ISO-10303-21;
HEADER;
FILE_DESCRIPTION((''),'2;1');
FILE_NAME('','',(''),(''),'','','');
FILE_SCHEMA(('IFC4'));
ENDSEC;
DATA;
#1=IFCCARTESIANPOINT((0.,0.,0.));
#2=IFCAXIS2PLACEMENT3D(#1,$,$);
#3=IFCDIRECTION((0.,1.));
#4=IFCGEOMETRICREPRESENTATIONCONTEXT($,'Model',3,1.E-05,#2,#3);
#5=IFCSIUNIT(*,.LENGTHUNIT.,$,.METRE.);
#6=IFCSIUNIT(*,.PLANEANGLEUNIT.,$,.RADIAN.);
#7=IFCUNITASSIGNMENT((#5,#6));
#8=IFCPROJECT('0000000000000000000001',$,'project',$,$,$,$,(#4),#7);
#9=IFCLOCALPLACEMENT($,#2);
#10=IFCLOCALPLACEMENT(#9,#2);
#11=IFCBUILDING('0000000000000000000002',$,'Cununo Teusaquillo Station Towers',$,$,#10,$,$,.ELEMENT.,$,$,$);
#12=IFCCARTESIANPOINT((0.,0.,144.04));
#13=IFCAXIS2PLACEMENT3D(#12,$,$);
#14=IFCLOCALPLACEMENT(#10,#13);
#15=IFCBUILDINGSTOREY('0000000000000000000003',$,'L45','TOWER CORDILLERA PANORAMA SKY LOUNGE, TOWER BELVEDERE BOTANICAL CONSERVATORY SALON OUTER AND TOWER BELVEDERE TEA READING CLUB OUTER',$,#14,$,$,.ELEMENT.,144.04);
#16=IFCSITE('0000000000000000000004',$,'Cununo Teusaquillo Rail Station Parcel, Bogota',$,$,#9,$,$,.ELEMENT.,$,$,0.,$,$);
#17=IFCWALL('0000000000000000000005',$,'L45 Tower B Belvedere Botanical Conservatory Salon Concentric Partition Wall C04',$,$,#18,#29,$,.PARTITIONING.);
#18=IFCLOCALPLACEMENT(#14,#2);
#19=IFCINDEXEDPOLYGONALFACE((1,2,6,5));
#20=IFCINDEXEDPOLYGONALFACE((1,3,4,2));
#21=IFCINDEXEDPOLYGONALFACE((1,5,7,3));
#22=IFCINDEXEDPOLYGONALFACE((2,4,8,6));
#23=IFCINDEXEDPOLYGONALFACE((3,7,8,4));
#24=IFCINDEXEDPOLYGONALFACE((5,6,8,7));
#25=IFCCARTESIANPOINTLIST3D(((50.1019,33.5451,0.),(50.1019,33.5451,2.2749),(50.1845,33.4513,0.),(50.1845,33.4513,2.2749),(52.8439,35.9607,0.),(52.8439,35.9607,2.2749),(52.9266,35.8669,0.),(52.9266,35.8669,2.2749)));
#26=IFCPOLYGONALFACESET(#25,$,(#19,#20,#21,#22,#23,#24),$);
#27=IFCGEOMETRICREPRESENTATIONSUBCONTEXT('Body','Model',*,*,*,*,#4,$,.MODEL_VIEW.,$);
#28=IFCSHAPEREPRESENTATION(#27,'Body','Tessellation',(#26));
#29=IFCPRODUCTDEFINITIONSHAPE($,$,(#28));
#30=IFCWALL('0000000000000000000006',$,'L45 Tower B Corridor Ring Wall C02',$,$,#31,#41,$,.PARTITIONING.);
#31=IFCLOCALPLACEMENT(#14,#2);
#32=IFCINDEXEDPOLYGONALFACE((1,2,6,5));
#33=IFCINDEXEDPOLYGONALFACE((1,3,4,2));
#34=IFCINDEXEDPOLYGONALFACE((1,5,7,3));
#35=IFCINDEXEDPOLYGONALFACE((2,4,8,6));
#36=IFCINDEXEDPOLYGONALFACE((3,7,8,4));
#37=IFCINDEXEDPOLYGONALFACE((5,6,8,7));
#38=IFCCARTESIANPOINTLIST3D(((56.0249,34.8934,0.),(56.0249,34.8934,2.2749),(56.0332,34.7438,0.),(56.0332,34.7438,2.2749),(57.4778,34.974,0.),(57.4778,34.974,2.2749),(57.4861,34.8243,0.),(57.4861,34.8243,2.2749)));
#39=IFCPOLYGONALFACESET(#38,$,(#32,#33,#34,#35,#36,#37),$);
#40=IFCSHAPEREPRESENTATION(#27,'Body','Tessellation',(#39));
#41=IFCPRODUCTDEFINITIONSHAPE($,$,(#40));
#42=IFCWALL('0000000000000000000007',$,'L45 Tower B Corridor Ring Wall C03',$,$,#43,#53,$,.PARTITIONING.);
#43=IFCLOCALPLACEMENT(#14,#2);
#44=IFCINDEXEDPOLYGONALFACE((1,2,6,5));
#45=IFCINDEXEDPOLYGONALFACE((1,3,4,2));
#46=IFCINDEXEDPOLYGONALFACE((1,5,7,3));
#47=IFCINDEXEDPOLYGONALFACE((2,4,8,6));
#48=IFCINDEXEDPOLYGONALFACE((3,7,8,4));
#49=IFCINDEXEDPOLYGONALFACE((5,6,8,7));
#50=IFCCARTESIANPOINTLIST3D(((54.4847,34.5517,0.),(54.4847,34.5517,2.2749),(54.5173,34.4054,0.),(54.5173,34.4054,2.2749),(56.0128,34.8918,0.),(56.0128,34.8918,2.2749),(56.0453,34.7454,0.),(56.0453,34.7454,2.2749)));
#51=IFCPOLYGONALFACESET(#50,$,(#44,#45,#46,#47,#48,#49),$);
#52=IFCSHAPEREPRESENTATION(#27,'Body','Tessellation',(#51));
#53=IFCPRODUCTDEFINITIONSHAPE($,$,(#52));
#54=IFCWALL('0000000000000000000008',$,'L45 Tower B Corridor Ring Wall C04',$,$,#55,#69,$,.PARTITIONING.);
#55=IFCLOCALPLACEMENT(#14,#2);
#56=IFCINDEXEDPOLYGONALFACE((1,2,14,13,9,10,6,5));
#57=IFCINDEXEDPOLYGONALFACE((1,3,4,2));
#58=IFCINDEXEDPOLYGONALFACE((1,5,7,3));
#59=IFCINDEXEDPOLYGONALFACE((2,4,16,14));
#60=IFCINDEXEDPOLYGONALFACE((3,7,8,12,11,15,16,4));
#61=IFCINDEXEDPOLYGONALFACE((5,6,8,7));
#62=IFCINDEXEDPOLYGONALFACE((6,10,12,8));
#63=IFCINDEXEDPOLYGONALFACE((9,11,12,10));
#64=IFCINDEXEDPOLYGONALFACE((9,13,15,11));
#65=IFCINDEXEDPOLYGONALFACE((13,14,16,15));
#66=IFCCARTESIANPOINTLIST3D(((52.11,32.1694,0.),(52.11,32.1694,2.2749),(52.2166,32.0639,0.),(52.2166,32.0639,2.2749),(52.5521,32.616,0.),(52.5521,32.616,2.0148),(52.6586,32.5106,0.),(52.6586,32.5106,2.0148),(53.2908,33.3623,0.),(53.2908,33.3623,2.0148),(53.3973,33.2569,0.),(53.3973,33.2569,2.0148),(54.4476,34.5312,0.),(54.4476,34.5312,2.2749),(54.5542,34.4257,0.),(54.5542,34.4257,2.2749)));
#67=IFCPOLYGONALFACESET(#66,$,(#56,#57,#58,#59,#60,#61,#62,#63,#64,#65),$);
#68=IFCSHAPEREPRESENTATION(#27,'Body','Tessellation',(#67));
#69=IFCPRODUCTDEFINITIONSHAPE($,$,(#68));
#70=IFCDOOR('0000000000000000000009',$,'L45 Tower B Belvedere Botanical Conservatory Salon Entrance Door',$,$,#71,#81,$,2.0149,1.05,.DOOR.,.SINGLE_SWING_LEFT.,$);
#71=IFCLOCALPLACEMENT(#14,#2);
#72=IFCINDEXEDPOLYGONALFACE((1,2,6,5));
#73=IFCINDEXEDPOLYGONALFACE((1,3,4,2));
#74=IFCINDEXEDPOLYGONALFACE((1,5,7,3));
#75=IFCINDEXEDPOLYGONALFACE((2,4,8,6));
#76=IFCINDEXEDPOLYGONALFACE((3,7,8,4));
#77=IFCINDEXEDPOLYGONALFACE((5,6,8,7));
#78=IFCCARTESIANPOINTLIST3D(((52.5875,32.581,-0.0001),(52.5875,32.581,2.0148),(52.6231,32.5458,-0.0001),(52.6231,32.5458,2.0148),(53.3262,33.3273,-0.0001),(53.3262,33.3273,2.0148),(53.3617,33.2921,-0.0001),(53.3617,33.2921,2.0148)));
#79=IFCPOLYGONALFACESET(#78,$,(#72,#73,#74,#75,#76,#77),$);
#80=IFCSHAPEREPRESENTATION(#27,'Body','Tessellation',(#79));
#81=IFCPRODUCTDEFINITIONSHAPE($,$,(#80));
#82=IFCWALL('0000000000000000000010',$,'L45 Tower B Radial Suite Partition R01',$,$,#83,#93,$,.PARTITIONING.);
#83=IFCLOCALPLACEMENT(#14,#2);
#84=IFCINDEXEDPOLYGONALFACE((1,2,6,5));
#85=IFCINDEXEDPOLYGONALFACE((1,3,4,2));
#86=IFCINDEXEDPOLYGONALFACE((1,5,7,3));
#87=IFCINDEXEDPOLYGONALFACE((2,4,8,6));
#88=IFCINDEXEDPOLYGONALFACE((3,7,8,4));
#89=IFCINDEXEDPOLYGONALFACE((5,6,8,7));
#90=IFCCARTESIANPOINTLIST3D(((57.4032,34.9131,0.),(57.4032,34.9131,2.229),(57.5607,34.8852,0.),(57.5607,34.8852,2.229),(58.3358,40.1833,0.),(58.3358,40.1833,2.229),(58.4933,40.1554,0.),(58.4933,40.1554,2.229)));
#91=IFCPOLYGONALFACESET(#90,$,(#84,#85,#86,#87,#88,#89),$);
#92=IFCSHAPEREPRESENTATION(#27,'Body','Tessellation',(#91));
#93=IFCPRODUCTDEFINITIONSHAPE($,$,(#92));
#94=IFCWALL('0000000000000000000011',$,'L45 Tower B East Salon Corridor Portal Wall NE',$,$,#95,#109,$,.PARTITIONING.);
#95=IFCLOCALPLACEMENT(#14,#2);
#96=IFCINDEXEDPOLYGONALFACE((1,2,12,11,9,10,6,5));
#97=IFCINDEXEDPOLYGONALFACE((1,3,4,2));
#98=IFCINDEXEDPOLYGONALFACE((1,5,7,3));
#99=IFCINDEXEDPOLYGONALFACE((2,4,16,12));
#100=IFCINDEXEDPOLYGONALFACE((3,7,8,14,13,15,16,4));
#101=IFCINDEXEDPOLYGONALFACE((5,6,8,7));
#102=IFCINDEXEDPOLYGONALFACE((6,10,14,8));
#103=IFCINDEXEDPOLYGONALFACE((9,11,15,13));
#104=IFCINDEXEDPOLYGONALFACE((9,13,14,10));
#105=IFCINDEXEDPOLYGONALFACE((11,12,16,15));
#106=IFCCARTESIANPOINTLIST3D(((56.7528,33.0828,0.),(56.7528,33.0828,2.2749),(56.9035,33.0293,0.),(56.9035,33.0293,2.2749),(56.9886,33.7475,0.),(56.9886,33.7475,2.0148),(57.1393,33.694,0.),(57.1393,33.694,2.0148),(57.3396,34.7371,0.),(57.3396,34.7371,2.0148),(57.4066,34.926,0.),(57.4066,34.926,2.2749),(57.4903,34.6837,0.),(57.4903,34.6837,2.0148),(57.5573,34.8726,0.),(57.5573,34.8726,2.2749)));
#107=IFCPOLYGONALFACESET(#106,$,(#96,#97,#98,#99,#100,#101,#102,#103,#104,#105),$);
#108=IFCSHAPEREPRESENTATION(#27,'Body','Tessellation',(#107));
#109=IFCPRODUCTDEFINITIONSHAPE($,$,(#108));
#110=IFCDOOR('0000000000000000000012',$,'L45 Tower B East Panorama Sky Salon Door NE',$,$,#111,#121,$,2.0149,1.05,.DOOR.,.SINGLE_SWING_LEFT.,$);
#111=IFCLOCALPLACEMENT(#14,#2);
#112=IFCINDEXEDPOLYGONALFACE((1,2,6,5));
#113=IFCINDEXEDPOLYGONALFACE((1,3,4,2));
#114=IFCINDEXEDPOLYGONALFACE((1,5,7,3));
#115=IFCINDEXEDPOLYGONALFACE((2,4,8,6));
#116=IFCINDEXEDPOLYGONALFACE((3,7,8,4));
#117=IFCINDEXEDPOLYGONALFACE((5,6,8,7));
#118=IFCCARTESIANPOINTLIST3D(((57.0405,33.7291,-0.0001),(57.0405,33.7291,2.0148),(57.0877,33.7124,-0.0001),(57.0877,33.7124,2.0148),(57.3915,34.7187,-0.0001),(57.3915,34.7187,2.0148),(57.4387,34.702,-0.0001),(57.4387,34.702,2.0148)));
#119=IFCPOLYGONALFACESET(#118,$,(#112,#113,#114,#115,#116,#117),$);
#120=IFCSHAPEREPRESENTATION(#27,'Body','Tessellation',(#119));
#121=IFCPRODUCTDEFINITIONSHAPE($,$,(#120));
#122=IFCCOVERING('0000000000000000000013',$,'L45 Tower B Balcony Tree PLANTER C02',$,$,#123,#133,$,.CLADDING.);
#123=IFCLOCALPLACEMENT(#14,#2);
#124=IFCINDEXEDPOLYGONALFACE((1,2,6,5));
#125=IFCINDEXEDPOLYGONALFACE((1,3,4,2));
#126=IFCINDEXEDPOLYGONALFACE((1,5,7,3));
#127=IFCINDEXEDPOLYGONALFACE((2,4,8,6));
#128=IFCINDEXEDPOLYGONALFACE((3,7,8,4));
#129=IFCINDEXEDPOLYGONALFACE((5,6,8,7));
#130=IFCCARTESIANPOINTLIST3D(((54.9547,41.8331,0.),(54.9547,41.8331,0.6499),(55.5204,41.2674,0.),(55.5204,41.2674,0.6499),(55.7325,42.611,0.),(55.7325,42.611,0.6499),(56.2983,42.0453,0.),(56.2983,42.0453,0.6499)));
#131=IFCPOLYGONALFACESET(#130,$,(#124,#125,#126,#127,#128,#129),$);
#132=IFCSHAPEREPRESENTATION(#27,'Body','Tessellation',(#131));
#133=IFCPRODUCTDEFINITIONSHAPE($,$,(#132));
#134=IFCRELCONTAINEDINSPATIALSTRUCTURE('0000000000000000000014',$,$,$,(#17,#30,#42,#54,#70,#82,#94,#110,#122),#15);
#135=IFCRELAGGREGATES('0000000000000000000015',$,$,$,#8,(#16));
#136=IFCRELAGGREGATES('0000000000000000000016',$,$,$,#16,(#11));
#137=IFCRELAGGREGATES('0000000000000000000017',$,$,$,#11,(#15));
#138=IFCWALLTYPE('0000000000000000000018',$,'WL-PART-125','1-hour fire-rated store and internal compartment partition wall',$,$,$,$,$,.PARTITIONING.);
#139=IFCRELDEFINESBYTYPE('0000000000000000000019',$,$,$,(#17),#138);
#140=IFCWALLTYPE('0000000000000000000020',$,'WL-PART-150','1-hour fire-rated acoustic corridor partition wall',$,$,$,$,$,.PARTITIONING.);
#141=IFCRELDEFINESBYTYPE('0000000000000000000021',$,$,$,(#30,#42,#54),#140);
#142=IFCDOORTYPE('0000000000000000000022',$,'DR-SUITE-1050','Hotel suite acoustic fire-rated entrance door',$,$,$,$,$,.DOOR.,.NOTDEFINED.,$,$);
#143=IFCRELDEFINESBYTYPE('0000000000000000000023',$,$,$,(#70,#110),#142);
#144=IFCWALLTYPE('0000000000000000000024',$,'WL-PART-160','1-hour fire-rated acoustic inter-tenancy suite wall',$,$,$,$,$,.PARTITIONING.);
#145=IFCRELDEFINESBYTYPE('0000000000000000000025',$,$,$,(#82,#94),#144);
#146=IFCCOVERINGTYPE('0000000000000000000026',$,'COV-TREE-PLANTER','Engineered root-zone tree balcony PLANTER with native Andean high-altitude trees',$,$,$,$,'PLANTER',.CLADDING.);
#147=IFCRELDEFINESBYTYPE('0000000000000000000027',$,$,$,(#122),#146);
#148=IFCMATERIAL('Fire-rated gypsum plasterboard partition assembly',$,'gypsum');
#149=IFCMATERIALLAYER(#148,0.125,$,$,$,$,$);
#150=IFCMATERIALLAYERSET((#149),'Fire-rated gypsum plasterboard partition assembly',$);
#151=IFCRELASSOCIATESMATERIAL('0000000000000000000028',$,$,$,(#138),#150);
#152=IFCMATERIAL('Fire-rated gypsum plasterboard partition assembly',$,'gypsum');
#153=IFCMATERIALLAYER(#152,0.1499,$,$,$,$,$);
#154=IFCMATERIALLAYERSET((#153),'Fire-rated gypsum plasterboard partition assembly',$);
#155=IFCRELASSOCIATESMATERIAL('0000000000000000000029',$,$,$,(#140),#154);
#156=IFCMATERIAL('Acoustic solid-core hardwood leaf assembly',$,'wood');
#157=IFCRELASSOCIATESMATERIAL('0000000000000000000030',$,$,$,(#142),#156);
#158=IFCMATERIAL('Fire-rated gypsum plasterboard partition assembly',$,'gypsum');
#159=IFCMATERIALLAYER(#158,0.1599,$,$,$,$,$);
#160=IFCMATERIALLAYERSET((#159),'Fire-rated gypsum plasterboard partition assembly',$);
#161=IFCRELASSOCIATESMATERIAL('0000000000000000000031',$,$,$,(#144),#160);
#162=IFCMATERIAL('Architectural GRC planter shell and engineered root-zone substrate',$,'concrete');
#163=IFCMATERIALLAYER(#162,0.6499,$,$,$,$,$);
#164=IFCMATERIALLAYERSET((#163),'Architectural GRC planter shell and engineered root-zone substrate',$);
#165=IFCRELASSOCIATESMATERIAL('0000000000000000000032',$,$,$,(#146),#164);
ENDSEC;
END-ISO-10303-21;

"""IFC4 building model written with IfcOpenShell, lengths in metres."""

from ifc_helpers import new_model, si_unit, direction, frame, frame_2d, origin, origin_2d, place, context, subcontext, project, spatial, rectangle, extrude, source, transform, mapped, material, layer, layer_set, type_object, element, fill, save


model = new_model("IFC4")

# Units and contexts
model_context = context("Model", 3, precision=1e-05, world=origin(), true_north=direction((0.0, 1.0)))
body_context = subcontext(model_context, "Body", "Model", "MODEL_VIEW")
ifc_project = project(units=[si_unit("LENGTHUNIT", "METRE"), si_unit("PLANEANGLEUNIT", "RADIAN")], contexts=[model_context])

# Site, building, storey
site_placement = place(None, origin())
site = spatial("IfcSite", under=ifc_project, at=site_placement, Name="Cununo Teusaquillo Rail Station Parcel, Bogota", CompositionType="ELEMENT", RefElevation=0.0)
building_placement = place(site_placement, origin())
building = spatial("IfcBuilding", under=site, at=building_placement, Name="Cununo Teusaquillo Station Towers", CompositionType="ELEMENT")
storey_placement = place(building_placement, frame((0.0, 0.0, 144.04)))
storey = spatial("IfcBuildingStorey", under=building, at=storey_placement, Name="L45", Description="TOWER CORDILLERA PANORAMA SKY LOUNGE, TOWER BELVEDERE BOTANICAL CONSERVATORY SALON OUTER AND TOWER BELVEDERE TEA READING CLUB OUTER", CompositionType="ELEMENT", Elevation=144.04)

# Shared definitions
ifc_material_1 = material(Name="Fire-rated gypsum plasterboard partition assembly", Category="gypsum")
ifc_layer_1 = layer(ifc_material_1, 0.125)
ifc_layer_set_1 = layer_set([ifc_layer_1], Name="Fire-rated gypsum plasterboard partition assembly")
wall_type_1 = type_object("IfcWallType", Name="WL-PART-125", Description="1-hour fire-rated store and internal compartment partition wall", PredefinedType="PARTITIONING", material=ifc_layer_set_1)

# Walls
wall_1_placement = place(storey_placement, frame((52.8853, 35.9138, 0.0), z_axis=(0.0, 0.0, 1.0), x_axis=(-0.750358, -0.661031, 0.0)))
element("IfcWall", 1, at=wall_1_placement, inside=storey, type_object=wall_type_1, Name="L45 Tower B Belvedere Botanical Conservatory Salon Concentric Partition Wall C04", PredefinedType="PARTITIONING", context=body_context, shape_type="SweptSolid", body=[
    extrude(rectangle(XDim=3.6543, YDim=0.125, at=frame_2d((1.8271, 0.0))), origin(), (0.0, 0.0, 1.0), 2.2749),
])
ifc_material_2 = material(Name="Fire-rated gypsum plasterboard partition assembly", Category="gypsum")
ifc_layer_2 = layer(ifc_material_2, 0.1499)
ifc_layer_set_2 = layer_set([ifc_layer_2], Name="Fire-rated gypsum plasterboard partition assembly")
wall_type_2 = type_object("IfcWallType", Name="WL-PART-150", Description="1-hour fire-rated acoustic corridor partition wall", PredefinedType="PARTITIONING", material=ifc_layer_set_2)
wall_2_placement = place(storey_placement, frame((57.4819, 34.8992, 0.0), z_axis=(0.0, 0.0, 1.0), x_axis=(-0.998466, -0.055368, 0.0)))
element("IfcWall", 2, at=wall_2_placement, inside=storey, type_object=wall_type_2, Name="L45 Tower B Corridor Ring Wall C02", PredefinedType="PARTITIONING", context=body_context, shape_type="SweptSolid", body=[
    extrude(rectangle(XDim=1.4551, YDim=0.1499, at=frame_2d((0.7275, 0.0))), origin(), (0.0, 0.0, 1.0), 2.2749),
])
wall_3_placement = place(storey_placement, frame((56.0291, 34.8186, 0.0), z_axis=(0.0, 0.0, 1.0), x_axis=(-0.976117, -0.217244, 0.0)))
element("IfcWall", 3, at=wall_3_placement, inside=storey, type_object=wall_type_2, Name="L45 Tower B Corridor Ring Wall C03", PredefinedType="PARTITIONING", context=body_context, shape_type="SweptSolid", body=[
    extrude(rectangle(XDim=1.5654, YDim=0.1499, at=frame_2d((0.7827, 0.0))), origin(), (0.0, 0.0, 1.0), 2.2749),
])

# Wall, opening, door
wall_4_placement = place(storey_placement, frame((54.501, 34.4785, 0.0), z_axis=(0.0, 0.0, 1.0), x_axis=(-0.703461, -0.710734, 0.0)))
wall_4 = element("IfcWall", 4, at=wall_4_placement, inside=storey, type_object=wall_type_2, Name="L45 Tower B Corridor Ring Wall C04", PredefinedType="PARTITIONING", context=body_context, shape_type="SweptSolid", body=[
    extrude(rectangle(XDim=3.323, YDim=0.1499, at=frame_2d((1.6616, 0.0))), origin(), (0.0, 0.0, 1.0), 2.2749),
])
shared_shape_1 = source(origin(), body_context, "Body", "SweptSolid", [
    extrude(rectangle(XDim=1.05, YDim=2.0149, at=frame_2d((0.5249, 1.0073))), frame((0.0, 0.085, 0.0), z_axis=(0.0, -1.0, 0.0), x_axis=(1.0, 0.0, 0.0)), (0.0, 0.0, 1.0), 0.1699),
])
opening_1_placement = place(wall_4_placement, frame((1.6448, 0.0, 0.0)))
opening_1 = element("IfcOpeningElement", 5, at=opening_1_placement, cuts=wall_4, PredefinedType="OPENING", context=body_context, shape_type="MappedRepresentation", body=[
    mapped(shared_shape_1, transform((0.0, 0.0, 0.0), x_axis=(1.0, 0.0, 0.0), y_axis=(0.0, 1.0, 0.0), z_axis=(0.0, 0.0, 1.0), scale=1.0)),
])
ifc_material_3 = material(Name="Acoustic solid-core hardwood leaf assembly", Category="wood")
door_type_1 = type_object("IfcDoorType", Name="DR-SUITE-1050", Description="Hotel suite acoustic fire-rated entrance door", OperationType="NOTDEFINED", PredefinedType="DOOR", material=ifc_material_3)
shared_shape_2 = source(origin(), body_context, "Body", "SweptSolid", [
    extrude(rectangle(XDim=1.05, YDim=2.0149, at=frame_2d((0.5249, 1.0073))), frame((0.0, 0.0249, 0.0), z_axis=(0.0, -1.0, 0.0), x_axis=(1.0, 0.0, 0.0)), (0.0, 0.0, 1.0), 0.05),
])
door_1_placement = place(opening_1_placement, origin())
door_1 = element("IfcDoor", 6, at=door_1_placement, inside=storey, type_object=door_type_1, Name="L45 Tower B Belvedere Botanical Conservatory Salon Entrance Door", OperationType="SINGLE_SWING_LEFT", OverallHeight=2.0149, OverallWidth=1.05, PredefinedType="DOOR", context=body_context, shape_type="MappedRepresentation", body=[
    mapped(shared_shape_2, transform((0.0, 0.0, 0.0), x_axis=(1.0, 0.0, 0.0), y_axis=(0.0, 1.0, 0.0), z_axis=(0.0, 0.0, 1.0), scale=1.0)),
])
fill(opening_1, door_1)

# Wall
ifc_material_4 = material(Name="Fire-rated gypsum plasterboard partition assembly", Category="gypsum")
ifc_layer_3 = layer(ifc_material_4, 0.1599)
ifc_layer_set_3 = layer_set([ifc_layer_3], Name="Fire-rated gypsum plasterboard partition assembly")
wall_type_3 = type_object("IfcWallType", Name="WL-PART-160", Description="1-hour fire-rated acoustic inter-tenancy suite wall", PredefinedType="PARTITIONING", material=ifc_layer_set_3)
wall_5_placement = place(storey_placement, frame((57.4819, 34.8992, 0.0), z_axis=(0.0, 0.0, 1.0), x_axis=(0.174251, 0.984701, 0.0)))
element("IfcWall", 7, at=wall_5_placement, inside=storey, type_object=wall_type_3, Name="L45 Tower B Radial Suite Partition R01", PredefinedType="PARTITIONING", context=body_context, shape_type="SweptSolid", body=[
    extrude(rectangle(XDim=5.3521, YDim=0.1599, at=frame_2d((2.676, 0.0))), origin(), (0.0, 0.0, 1.0), 2.229),
])

# Wall, opening, door
wall_6_placement = place(storey_placement, frame((56.8281, 33.0559, 0.0), z_axis=(0.0, 0.0, 1.0), x_axis=(0.334295, 0.942468, 0.0)))
wall_6 = element("IfcWall", 8, at=wall_6_placement, inside=storey, type_object=wall_type_3, Name="L45 Tower B East Salon Corridor Portal Wall NE", PredefinedType="PARTITIONING", context=body_context, shape_type="SweptSolid", body=[
    extrude(rectangle(XDim=1.9558, YDim=0.1599, at=frame_2d((0.978, 0.0))), origin(), (0.0, 0.0, 1.0), 2.2749),
])
shared_shape_3 = source(origin(), body_context, "Body", "SweptSolid", [
    extrude(rectangle(XDim=1.05, YDim=2.0149, at=frame_2d((0.5249, 1.0073))), frame((0.0, 0.0898, 0.0), z_axis=(0.0, -1.0, 0.0), x_axis=(1.0, 0.0, 0.0)), (0.0, 0.0, 1.0), 0.1799),
])
opening_2_placement = place(wall_6_placement, frame((0.7056, 0.0, 0.0)))
opening_2 = element("IfcOpeningElement", 9, at=opening_2_placement, cuts=wall_6, PredefinedType="OPENING", context=body_context, shape_type="MappedRepresentation", body=[
    mapped(shared_shape_3, transform((0.0, 0.0, 0.0), x_axis=(1.0, 0.0, 0.0), y_axis=(0.0, 1.0, 0.0), z_axis=(0.0, 0.0, 1.0), scale=1.0)),
])
door_2_placement = place(opening_2_placement, origin())
door_2 = element("IfcDoor", 10, at=door_2_placement, inside=storey, type_object=door_type_1, Name="L45 Tower B East Panorama Sky Salon Door NE", OperationType="SINGLE_SWING_LEFT", OverallHeight=2.0149, OverallWidth=1.05, PredefinedType="DOOR", context=body_context, shape_type="MappedRepresentation", body=[
    mapped(shared_shape_2, transform((0.0, 0.0, 0.0), x_axis=(1.0, 0.0, 0.0), y_axis=(0.0, 1.0, 0.0), z_axis=(0.0, 0.0, 1.0), scale=1.0)),
])
fill(opening_2, door_2)

# Covering
ifc_material_5 = material(Name="Architectural GRC planter shell and engineered root-zone substrate", Category="concrete")
ifc_layer_4 = layer(ifc_material_5, 0.6499)
ifc_layer_set_4 = layer_set([ifc_layer_4], Name="Architectural GRC planter shell and engineered root-zone substrate")
covering_type = type_object("IfcCoveringType", Name="COV-TREE-PLANTER", Description="Engineered root-zone tree balcony PLANTER with native Andean high-altitude trees", ElementType="PLANTER", PredefinedType="CLADDING", material=ifc_layer_set_4)
shared_shape_4 = source(origin(), body_context, "Body", "SweptSolid", [
    extrude(rectangle(XDim=1.1001, YDim=0.8, at=origin_2d()), origin(), (0.0, 0.0, 1.0), 0.6499),
])
covering_placement = place(storey_placement, frame((55.6265, 41.9392, 0.0), z_axis=(0.0, 0.0, 1.0), x_axis=(0.707107, 0.707107, 0.0)))
element("IfcCovering", 11, at=covering_placement, inside=storey, type_object=covering_type, Name="L45 Tower B Balcony Tree PLANTER C02", PredefinedType="CLADDING", context=body_context, shape_type="MappedRepresentation", body=[
    mapped(shared_shape_4, transform((0.0, 0.0, 0.0), x_axis=(1.0, 0.0, 0.0), y_axis=(0.0, 1.0, 0.0), z_axis=(0.0, 0.0, 1.0), scale=1.0)),
])

save(model, "model.ifc")
